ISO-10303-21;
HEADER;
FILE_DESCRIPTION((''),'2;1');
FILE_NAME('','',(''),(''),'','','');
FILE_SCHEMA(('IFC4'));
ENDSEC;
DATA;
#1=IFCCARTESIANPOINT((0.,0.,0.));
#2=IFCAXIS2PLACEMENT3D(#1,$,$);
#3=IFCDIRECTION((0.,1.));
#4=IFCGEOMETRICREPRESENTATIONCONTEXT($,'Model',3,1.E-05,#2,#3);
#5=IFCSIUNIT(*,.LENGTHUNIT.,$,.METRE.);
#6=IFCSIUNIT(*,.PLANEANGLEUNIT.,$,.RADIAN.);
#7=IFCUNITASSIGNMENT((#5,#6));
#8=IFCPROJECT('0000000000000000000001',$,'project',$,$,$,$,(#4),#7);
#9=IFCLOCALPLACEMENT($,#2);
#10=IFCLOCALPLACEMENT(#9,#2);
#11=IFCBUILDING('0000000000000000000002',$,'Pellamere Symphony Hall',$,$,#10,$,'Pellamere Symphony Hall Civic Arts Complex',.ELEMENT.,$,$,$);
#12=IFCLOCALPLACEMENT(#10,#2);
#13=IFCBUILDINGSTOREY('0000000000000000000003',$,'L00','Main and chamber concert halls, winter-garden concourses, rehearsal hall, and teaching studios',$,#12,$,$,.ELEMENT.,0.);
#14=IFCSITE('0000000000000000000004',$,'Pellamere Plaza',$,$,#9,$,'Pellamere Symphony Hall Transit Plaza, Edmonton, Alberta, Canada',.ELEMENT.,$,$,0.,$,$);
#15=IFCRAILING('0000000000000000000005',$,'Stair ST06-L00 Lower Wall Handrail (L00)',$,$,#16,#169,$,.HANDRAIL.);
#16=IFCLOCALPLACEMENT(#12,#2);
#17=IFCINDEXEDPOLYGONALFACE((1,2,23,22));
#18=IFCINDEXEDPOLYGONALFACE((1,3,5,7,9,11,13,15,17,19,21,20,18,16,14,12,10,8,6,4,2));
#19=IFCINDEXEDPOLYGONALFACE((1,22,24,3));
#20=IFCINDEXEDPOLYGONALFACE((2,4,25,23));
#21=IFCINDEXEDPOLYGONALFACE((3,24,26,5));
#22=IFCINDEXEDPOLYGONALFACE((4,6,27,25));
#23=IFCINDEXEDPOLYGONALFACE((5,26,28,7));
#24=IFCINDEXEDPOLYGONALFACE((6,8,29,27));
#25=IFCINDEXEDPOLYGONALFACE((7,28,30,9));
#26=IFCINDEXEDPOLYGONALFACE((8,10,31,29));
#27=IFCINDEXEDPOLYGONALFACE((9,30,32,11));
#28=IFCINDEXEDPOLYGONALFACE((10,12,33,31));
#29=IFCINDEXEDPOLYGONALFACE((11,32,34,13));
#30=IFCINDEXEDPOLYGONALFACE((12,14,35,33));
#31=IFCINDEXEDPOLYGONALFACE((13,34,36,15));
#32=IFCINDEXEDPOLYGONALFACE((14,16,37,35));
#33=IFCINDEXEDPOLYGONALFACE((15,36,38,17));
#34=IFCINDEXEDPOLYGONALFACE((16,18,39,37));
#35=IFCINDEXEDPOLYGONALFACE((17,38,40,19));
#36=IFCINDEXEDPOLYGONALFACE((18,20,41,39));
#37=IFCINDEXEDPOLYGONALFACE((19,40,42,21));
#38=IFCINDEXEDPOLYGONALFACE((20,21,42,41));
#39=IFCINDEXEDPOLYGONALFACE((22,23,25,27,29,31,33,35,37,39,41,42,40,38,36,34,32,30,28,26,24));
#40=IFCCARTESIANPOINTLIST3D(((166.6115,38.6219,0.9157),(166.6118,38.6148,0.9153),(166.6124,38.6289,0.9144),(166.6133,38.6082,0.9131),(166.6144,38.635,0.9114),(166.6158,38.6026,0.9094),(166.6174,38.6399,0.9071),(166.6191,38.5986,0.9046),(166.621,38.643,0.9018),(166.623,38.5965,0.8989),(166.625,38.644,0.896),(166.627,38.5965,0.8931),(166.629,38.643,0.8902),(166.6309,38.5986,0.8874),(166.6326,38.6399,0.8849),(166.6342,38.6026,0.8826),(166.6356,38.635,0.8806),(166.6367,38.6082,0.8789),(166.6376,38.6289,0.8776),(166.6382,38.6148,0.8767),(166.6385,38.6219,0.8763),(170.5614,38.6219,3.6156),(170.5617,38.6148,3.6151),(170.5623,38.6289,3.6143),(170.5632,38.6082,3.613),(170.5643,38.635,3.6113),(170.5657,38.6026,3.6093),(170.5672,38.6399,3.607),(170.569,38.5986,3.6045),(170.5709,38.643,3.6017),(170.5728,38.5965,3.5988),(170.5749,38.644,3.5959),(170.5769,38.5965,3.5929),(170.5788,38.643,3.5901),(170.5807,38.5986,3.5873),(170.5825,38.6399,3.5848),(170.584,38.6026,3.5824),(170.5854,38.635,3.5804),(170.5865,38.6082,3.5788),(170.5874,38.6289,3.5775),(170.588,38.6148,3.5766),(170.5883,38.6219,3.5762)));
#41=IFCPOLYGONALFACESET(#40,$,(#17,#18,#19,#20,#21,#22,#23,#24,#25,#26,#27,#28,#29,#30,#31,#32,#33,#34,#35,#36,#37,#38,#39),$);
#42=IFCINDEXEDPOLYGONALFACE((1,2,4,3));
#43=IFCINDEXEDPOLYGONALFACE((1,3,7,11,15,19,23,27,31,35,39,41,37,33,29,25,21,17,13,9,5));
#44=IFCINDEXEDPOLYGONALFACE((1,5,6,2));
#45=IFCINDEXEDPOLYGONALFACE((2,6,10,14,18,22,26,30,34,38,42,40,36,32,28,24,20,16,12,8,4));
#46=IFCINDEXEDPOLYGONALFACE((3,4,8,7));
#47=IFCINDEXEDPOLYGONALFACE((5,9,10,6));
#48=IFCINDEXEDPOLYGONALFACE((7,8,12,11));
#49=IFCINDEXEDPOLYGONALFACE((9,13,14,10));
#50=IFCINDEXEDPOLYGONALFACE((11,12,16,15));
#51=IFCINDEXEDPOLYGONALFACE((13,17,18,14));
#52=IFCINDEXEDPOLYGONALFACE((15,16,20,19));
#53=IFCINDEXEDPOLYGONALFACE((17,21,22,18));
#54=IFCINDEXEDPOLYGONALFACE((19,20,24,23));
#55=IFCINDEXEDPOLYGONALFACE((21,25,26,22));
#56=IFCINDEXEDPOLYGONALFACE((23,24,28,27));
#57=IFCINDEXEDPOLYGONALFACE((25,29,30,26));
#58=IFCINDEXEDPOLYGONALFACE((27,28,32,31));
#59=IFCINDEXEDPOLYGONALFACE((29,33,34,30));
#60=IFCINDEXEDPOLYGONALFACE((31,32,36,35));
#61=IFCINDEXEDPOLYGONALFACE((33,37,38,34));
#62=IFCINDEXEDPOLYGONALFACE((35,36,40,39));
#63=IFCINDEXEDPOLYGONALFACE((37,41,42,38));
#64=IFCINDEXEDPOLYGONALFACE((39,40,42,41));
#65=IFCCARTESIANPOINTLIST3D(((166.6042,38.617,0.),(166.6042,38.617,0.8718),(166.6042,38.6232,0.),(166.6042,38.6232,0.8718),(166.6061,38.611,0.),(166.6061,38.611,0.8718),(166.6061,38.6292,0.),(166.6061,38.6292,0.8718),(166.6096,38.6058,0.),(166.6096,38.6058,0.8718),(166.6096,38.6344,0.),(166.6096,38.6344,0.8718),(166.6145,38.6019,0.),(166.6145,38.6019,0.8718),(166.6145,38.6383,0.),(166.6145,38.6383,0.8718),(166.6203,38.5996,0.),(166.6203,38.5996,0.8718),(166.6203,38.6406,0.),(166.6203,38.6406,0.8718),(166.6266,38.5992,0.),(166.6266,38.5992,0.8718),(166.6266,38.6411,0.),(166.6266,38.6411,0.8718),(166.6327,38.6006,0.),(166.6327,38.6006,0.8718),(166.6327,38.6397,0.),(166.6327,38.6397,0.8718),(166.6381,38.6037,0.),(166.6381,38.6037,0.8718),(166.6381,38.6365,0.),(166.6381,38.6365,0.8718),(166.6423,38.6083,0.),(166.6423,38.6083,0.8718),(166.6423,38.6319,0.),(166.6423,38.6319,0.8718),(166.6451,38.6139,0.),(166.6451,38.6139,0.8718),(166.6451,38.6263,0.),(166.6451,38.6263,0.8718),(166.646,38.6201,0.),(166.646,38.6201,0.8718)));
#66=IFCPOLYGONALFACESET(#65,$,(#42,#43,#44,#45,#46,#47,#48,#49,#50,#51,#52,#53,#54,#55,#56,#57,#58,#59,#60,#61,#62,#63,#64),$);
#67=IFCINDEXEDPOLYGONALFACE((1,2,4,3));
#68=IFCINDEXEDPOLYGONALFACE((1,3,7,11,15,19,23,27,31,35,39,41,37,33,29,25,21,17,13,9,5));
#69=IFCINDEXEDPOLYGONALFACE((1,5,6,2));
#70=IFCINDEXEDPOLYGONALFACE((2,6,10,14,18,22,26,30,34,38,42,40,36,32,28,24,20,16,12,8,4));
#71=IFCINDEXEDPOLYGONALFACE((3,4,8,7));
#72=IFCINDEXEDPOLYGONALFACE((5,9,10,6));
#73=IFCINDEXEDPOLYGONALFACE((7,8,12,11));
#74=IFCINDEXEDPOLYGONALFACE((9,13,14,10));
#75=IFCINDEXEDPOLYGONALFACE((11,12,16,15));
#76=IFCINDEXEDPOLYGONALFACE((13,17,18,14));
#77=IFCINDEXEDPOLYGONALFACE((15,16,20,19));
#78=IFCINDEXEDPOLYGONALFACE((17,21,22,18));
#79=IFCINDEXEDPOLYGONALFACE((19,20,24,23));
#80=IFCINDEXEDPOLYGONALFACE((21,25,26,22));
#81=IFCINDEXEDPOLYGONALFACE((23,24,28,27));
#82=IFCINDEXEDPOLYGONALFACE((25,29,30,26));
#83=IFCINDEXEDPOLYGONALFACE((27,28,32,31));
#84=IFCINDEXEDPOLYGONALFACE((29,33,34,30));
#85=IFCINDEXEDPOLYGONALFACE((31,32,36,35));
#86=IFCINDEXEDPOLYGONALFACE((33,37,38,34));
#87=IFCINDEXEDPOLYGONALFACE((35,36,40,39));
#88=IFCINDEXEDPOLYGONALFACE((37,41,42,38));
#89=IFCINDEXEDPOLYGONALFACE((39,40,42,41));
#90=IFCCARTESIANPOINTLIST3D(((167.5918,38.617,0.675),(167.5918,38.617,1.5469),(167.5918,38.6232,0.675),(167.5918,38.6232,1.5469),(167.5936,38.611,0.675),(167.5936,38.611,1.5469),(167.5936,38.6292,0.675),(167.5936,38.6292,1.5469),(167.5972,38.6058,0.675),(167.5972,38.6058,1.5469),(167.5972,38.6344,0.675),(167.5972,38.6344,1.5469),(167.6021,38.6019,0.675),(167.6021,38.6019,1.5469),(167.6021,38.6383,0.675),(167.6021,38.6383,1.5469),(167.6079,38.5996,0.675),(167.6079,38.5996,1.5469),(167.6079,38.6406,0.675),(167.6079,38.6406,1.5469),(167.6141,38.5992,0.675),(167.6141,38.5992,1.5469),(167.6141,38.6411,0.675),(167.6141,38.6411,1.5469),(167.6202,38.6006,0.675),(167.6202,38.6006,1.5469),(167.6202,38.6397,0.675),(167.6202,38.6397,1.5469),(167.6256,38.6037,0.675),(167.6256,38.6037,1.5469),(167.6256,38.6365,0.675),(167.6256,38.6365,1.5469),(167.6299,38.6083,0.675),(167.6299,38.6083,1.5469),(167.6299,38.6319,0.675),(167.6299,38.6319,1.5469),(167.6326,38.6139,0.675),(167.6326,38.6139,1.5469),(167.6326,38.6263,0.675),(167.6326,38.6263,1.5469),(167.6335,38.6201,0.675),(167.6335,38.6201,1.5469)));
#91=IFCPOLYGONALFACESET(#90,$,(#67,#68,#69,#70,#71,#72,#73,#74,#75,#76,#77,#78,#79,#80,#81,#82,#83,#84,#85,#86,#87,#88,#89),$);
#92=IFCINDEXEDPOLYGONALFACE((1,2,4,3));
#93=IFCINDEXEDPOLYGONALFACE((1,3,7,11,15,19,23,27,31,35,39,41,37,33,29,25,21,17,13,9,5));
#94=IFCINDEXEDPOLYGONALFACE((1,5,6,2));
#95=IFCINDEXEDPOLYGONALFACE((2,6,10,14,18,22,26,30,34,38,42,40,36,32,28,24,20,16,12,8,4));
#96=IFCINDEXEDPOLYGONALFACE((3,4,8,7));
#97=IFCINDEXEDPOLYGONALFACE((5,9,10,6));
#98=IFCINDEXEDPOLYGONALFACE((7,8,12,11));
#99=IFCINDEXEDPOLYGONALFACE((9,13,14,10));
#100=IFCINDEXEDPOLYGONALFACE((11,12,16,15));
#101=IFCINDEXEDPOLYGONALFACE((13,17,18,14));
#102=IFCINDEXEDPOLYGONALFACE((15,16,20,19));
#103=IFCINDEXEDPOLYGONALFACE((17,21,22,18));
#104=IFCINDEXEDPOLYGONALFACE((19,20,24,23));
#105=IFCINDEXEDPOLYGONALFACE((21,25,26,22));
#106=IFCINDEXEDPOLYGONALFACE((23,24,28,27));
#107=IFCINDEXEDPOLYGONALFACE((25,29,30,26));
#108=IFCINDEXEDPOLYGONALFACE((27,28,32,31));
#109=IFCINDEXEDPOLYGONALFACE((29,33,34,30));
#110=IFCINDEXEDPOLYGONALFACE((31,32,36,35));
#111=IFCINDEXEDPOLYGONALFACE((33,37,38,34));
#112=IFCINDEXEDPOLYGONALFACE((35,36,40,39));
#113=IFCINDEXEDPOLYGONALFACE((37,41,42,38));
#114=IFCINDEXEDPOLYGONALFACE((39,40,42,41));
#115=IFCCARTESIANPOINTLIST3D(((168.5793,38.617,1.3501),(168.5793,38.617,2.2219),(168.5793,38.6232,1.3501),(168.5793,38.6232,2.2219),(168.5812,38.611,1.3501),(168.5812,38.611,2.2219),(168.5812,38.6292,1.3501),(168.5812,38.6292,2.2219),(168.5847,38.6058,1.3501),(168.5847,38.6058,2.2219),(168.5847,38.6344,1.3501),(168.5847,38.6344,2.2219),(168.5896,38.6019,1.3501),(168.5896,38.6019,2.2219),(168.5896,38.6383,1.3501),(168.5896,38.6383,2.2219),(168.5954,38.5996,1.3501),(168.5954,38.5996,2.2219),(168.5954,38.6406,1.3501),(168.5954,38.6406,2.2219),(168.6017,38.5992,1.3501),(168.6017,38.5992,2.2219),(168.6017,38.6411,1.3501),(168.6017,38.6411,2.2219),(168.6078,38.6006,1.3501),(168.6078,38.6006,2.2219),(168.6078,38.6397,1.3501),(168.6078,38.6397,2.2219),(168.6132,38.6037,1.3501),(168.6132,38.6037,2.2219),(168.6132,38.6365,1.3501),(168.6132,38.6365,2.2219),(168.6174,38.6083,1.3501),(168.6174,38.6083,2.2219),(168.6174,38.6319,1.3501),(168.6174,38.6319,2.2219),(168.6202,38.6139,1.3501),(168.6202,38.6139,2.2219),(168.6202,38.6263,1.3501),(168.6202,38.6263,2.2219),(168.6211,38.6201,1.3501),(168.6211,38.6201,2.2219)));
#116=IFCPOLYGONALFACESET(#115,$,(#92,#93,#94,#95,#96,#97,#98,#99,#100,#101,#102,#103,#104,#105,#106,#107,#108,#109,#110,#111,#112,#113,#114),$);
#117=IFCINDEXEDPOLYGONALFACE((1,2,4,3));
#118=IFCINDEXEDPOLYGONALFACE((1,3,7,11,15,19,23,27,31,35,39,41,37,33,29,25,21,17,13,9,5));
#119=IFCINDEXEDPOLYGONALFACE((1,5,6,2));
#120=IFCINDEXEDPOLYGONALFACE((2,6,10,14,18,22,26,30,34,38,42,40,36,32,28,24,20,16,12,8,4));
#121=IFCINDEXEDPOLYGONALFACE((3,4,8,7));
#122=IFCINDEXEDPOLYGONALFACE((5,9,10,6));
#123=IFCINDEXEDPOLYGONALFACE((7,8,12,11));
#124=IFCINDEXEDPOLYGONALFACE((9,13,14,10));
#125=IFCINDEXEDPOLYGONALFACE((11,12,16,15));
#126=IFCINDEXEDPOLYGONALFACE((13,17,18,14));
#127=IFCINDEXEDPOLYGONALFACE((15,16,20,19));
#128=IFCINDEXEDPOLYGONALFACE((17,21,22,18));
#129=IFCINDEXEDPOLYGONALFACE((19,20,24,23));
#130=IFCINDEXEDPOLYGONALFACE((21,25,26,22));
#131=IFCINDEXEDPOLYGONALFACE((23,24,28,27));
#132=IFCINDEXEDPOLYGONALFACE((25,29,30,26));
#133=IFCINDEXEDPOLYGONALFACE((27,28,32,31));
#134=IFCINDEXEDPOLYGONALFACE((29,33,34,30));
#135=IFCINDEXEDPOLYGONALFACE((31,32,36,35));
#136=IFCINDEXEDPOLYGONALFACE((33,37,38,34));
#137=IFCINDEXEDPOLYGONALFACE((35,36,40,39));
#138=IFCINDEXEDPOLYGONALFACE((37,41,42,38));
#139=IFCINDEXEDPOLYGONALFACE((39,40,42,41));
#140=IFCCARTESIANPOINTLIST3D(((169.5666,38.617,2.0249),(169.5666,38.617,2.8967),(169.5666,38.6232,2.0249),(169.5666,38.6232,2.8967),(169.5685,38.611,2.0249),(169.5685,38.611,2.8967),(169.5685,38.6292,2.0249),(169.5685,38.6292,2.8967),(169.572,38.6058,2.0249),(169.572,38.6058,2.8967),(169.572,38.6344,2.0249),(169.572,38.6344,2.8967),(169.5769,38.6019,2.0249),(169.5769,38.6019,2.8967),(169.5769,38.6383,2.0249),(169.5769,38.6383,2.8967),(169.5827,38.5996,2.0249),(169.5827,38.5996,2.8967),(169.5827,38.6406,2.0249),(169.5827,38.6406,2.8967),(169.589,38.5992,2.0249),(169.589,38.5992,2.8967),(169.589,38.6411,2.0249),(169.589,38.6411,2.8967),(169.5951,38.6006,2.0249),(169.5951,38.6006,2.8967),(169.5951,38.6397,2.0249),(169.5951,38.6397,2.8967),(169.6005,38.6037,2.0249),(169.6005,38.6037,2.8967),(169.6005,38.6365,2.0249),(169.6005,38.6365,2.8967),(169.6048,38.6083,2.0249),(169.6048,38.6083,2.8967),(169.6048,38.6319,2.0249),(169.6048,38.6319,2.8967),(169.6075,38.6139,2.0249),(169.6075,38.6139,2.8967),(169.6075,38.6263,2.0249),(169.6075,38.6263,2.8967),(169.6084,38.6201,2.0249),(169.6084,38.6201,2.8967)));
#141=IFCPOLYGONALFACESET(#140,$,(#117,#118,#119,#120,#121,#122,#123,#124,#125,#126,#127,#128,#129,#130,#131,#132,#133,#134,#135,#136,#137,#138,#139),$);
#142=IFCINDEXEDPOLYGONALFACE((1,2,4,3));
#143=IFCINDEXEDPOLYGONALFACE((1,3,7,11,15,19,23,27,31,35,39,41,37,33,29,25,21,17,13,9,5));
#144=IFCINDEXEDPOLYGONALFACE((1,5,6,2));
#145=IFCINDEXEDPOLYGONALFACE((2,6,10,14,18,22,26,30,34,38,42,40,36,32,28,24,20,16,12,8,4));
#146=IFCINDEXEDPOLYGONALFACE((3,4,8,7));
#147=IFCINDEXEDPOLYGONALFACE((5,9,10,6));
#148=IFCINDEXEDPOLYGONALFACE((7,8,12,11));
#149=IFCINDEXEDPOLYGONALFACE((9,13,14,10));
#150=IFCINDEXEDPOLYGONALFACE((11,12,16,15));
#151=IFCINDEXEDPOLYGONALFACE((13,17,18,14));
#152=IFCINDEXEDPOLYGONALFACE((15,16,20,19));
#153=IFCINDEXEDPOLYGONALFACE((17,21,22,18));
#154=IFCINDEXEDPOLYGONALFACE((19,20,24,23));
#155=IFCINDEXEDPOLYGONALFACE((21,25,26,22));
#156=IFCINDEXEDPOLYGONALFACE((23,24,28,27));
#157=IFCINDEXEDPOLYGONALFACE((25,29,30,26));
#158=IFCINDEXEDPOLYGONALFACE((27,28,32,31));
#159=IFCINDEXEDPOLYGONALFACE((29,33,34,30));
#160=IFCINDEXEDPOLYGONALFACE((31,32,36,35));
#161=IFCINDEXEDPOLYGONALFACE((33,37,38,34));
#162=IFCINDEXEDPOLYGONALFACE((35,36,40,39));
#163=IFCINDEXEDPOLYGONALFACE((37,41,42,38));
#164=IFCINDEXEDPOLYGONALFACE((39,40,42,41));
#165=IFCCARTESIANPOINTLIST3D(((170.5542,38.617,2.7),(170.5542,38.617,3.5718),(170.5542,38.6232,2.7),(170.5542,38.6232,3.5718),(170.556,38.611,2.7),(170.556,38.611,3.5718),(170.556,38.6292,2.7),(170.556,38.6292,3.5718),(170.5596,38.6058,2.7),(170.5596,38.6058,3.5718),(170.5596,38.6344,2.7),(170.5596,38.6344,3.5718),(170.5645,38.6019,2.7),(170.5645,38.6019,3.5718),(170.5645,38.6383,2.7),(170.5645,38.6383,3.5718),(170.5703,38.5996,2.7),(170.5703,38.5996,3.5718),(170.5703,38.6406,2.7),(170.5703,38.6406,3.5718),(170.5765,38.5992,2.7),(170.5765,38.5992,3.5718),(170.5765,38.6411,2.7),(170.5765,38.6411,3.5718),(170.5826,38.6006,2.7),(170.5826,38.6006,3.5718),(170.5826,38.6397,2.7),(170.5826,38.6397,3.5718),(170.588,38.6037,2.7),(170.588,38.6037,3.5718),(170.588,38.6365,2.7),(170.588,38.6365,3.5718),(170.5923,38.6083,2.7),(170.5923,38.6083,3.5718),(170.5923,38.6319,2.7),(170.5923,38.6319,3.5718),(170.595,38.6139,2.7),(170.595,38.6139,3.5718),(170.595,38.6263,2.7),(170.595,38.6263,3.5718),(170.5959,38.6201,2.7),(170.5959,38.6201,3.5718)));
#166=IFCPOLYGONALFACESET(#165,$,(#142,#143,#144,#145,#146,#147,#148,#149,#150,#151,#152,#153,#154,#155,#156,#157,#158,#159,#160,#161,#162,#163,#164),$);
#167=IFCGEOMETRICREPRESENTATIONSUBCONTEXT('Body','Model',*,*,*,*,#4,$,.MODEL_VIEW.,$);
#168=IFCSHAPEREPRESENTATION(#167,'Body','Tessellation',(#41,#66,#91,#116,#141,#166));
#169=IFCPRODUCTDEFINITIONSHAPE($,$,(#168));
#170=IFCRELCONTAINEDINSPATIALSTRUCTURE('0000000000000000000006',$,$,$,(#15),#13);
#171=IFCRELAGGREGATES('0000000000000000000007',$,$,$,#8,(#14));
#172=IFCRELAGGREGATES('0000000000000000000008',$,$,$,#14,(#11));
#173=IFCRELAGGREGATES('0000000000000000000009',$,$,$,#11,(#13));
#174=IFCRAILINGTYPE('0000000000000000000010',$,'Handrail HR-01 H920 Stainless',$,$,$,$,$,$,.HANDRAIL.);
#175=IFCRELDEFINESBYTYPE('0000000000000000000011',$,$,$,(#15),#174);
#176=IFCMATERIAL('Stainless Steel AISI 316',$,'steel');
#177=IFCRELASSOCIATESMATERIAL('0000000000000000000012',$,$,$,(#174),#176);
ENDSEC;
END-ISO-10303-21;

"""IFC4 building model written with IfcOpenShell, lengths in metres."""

from ifc_helpers import new_model, si_unit, direction, frame, origin, origin_2d, place, context, subcontext, project, spatial, circle, extrude, material, type_object, element, save


model = new_model("IFC4")

# Units and contexts
model_context = context("Model", 3, precision=1e-05, world=origin(), true_north=direction((0.0, 1.0)))
body_context = subcontext(model_context, "Body", "Model", "MODEL_VIEW")
ifc_project = project(units=[si_unit("LENGTHUNIT", "METRE"), si_unit("PLANEANGLEUNIT", "RADIAN")], contexts=[model_context])

# Site, building, storey
site_placement = place(None, origin())
site = spatial("IfcSite", under=ifc_project, at=site_placement, Name="Pellamere Plaza", LongName="Pellamere Symphony Hall Transit Plaza, Edmonton, Alberta, Canada", CompositionType="ELEMENT", RefElevation=0.0)
building_placement = place(site_placement, origin())
building = spatial("IfcBuilding", under=site, at=building_placement, Name="Pellamere Symphony Hall", LongName="Pellamere Symphony Hall Civic Arts Complex", CompositionType="ELEMENT")
storey_placement = place(building_placement, origin())
storey = spatial("IfcBuildingStorey", under=building, at=storey_placement, Name="L00", Description="Main and chamber concert halls, winter-garden concourses, rehearsal hall, and teaching studios", CompositionType="ELEMENT", Elevation=0.0)

# Railing
ifc_material_1 = material(Name="Stainless Steel AISI 316", Category="steel")
railing_type_1 = type_object("IfcRailingType", Name="Handrail HR-01 H920 Stainless", PredefinedType="HANDRAIL", material=ifc_material_1)
railing_1_placement = place(storey_placement, frame((166.625, 38.6201, 0.0)))
element("IfcRailing", 1, at=railing_1_placement, inside=storey, type_object=railing_type_1, Name="Stair ST06-L00 Lower Wall Handrail (L00)", PredefinedType="HANDRAIL", context=body_context, shape_type="SweptSolid", body=[
    extrude(circle(Radius=0.0239, at=origin_2d()), frame((0.0, 0.0, 0.896), z_axis=(0.825565, 0.0, 0.564307), x_axis=(0.0, 1.0, 0.0)), (0.0, 0.0, 1.0), 4.7844),
    extrude(circle(Radius=0.021, at=origin_2d()), origin(), (0.0, 0.0, 1.0), 0.8718),
    extrude(circle(Radius=0.021, at=origin_2d()), frame((0.9875, 0.0, 0.675)), (0.0, 0.0, 1.0), 0.8718),
    extrude(circle(Radius=0.021, at=origin_2d()), frame((1.9751, 0.0, 1.3501)), (0.0, 0.0, 1.0), 0.8718),
    extrude(circle(Radius=0.021, at=origin_2d()), frame((2.9624, 0.0, 2.0249)), (0.0, 0.0, 1.0), 0.8718),
    extrude(circle(Radius=0.021, at=origin_2d()), frame((3.95, 0.0, 2.7)), (0.0, 0.0, 1.0), 0.8718),
])

save(model, "model.ifc")
